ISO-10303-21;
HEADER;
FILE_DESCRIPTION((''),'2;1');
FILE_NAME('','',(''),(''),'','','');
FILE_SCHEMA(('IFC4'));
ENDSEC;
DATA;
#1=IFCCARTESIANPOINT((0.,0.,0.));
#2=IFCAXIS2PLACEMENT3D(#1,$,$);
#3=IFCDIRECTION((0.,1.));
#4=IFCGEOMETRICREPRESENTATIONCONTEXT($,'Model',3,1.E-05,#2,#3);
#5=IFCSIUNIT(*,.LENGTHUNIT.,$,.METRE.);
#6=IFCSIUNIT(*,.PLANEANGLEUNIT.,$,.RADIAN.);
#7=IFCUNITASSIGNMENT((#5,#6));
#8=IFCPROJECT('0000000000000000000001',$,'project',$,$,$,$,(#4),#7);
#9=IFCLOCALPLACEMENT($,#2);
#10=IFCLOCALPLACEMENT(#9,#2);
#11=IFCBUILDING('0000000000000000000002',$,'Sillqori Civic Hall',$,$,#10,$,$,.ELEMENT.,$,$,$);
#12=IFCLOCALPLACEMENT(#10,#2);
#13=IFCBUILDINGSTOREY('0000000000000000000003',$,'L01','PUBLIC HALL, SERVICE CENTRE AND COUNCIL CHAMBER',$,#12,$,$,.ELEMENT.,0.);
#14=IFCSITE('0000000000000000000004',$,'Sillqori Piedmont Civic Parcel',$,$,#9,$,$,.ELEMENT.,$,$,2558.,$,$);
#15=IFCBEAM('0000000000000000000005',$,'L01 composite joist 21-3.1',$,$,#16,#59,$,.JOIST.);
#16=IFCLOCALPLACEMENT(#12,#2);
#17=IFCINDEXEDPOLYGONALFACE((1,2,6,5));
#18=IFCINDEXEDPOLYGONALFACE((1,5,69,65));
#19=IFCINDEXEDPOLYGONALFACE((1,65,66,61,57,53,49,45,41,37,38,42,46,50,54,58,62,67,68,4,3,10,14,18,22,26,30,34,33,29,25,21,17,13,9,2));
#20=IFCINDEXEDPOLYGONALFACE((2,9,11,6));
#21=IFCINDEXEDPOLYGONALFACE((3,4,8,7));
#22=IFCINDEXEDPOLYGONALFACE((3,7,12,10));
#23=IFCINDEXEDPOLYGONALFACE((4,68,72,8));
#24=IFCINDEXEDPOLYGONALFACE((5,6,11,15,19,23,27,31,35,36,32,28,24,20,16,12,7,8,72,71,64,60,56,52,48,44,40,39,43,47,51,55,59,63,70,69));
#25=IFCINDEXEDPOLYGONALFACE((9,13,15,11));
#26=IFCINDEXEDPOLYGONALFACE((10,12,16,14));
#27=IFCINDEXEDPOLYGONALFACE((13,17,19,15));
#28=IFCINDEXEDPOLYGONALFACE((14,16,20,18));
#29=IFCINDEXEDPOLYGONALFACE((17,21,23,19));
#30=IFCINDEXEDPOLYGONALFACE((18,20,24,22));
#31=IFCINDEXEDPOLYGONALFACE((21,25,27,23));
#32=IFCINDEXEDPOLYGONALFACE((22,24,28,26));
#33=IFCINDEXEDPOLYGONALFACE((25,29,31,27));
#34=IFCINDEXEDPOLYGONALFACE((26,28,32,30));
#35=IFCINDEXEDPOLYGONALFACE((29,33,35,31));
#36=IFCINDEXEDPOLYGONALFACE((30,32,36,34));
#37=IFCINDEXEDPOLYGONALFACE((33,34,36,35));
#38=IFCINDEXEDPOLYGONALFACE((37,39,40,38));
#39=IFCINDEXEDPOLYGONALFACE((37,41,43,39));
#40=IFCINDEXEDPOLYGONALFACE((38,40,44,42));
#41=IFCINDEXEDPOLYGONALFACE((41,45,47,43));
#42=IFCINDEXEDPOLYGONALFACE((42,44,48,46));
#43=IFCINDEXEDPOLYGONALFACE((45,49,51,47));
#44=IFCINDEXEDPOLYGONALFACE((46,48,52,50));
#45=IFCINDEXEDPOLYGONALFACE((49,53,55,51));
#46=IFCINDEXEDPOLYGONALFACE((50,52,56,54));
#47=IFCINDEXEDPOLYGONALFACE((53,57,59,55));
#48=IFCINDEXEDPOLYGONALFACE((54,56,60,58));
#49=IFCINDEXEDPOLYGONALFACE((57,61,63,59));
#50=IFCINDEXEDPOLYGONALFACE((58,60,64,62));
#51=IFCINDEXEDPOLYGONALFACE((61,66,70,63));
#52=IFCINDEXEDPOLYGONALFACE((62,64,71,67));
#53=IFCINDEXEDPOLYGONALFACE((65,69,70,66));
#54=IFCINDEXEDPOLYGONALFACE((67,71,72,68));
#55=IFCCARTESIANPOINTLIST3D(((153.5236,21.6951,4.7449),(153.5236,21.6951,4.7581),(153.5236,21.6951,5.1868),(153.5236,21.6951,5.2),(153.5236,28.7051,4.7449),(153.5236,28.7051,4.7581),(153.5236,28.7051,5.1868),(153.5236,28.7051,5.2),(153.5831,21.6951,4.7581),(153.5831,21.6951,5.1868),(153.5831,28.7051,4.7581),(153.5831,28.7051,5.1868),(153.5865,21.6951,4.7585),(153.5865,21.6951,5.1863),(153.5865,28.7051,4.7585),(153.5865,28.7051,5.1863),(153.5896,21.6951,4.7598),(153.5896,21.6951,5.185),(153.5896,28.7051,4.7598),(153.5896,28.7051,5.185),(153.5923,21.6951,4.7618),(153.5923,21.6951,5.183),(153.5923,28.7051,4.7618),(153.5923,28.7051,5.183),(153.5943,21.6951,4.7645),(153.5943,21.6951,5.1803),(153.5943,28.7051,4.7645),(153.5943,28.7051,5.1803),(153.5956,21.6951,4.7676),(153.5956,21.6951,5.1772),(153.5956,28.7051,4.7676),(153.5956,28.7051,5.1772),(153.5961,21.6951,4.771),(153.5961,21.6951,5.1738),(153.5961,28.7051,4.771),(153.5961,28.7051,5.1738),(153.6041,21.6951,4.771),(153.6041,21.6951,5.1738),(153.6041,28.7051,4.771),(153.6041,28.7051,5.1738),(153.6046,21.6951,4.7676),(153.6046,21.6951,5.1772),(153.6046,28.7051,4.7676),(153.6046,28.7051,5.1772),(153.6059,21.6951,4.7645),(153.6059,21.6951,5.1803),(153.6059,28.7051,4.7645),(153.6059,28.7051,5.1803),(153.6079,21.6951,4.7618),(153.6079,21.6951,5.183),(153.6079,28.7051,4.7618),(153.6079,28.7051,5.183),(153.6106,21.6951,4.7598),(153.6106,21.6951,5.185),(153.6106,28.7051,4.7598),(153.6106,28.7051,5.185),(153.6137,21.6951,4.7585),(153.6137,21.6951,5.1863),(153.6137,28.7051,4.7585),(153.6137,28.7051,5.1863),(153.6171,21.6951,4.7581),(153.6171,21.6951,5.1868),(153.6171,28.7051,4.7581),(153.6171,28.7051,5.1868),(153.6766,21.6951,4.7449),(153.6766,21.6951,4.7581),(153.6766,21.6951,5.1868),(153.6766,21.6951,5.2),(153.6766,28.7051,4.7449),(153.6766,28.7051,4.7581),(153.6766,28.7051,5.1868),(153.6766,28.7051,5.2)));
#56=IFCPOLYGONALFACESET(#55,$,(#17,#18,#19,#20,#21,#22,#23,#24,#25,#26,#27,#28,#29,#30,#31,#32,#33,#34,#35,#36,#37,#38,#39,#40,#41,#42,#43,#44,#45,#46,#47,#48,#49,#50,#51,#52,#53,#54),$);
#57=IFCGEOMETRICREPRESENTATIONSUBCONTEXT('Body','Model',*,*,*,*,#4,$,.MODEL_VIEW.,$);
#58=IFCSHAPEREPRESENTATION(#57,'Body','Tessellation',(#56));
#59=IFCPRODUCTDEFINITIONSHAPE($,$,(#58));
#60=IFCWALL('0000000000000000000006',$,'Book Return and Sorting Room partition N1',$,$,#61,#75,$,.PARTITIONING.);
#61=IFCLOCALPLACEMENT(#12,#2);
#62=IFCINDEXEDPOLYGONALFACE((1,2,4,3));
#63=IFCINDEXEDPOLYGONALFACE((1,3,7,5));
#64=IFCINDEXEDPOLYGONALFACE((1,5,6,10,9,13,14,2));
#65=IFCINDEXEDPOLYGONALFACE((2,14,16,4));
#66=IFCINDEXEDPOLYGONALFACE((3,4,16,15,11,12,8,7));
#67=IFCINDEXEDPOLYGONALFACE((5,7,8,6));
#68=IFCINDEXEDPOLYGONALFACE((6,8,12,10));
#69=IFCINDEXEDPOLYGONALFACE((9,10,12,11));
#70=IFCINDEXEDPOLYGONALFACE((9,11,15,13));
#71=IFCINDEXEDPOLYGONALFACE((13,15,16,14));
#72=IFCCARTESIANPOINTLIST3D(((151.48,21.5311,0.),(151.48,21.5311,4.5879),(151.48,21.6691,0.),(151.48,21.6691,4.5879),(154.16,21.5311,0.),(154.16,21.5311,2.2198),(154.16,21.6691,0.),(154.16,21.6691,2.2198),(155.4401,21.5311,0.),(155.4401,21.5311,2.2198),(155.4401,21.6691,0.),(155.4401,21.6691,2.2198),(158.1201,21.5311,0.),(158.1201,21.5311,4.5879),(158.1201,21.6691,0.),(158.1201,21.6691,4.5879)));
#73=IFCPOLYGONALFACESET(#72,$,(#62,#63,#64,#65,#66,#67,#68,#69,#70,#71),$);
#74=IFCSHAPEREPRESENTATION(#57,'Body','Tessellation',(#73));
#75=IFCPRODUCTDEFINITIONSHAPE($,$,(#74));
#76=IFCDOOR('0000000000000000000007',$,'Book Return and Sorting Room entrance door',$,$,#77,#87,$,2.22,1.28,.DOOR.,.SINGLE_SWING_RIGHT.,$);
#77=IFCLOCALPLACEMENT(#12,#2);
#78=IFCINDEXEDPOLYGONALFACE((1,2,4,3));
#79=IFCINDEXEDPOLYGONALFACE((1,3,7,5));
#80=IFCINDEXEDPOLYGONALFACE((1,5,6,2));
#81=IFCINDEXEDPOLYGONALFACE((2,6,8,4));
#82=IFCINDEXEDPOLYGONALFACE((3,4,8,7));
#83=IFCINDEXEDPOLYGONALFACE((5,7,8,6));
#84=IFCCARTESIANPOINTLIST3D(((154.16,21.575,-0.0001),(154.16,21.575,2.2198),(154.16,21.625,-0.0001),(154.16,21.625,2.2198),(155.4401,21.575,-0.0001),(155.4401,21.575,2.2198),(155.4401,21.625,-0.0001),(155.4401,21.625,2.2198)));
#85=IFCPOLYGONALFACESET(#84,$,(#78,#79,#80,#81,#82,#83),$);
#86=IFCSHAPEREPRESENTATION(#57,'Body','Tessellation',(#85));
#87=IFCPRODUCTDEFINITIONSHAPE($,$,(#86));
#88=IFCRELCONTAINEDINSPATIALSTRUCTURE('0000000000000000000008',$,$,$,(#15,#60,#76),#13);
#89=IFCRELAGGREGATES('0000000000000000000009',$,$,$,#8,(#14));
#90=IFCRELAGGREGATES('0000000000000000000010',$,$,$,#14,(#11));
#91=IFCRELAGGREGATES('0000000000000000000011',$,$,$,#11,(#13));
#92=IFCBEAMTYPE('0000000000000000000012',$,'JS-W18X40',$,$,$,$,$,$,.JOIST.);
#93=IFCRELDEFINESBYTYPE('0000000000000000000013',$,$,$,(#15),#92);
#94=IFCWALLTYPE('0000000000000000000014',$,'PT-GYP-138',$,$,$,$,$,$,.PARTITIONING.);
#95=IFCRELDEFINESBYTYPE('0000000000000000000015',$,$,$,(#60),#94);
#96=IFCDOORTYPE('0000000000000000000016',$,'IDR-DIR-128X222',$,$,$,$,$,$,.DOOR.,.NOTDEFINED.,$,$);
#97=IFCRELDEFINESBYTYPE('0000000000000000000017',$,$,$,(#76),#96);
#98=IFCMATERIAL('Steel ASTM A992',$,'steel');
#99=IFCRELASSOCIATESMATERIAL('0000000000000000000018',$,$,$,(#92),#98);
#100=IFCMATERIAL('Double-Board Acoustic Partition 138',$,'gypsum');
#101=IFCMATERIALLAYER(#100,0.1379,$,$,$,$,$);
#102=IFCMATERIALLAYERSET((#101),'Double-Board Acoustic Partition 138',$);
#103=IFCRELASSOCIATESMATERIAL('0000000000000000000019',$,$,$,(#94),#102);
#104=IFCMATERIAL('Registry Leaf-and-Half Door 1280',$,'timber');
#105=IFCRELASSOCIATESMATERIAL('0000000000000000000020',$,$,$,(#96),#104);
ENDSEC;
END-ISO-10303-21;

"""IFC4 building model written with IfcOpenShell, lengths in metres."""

from ifc_helpers import new_model, si_unit, direction, frame, frame_2d, origin, origin_2d, place, context, subcontext, project, spatial, rectangle, i_section, extrude, material, layer, layer_set, material_profile, profile_set, type_object, element, fill, save


model = new_model("IFC4")

# Units and contexts
model_context = context("Model", 3, precision=1e-05, world=origin(), true_north=direction((0.0, 1.0)))
body_context = subcontext(model_context, "Body", "Model", "MODEL_VIEW")
ifc_project = project(units=[si_unit("LENGTHUNIT", "METRE"), si_unit("PLANEANGLEUNIT", "RADIAN")], contexts=[model_context])

# Site, building, storey
site_placement = place(None, origin())
site = spatial("IfcSite", under=ifc_project, at=site_placement, Name="Sillqori Piedmont Civic Parcel", CompositionType="ELEMENT", RefElevation=2558.0)
building_placement = place(site_placement, origin())
building = spatial("IfcBuilding", under=site, at=building_placement, Name="Sillqori Civic Hall", CompositionType="ELEMENT")
storey_placement = place(building_placement, origin())
storey = spatial("IfcBuildingStorey", under=building, at=storey_placement, Name="L01", Description="PUBLIC HALL, SERVICE CENTRE AND COUNCIL CHAMBER", CompositionType="ELEMENT", Elevation=0.0)

# Shared definitions
ifc_material_1 = material(Name="Steel ASTM A992", Category="steel")

# Beam
ifc_material_profile_1 = material_profile(ifc_material_1, i_section(OverallWidth=0.1531, OverallDepth=0.4551, WebThickness=0.0081, FlangeThickness=0.0132, FilletRadius=0.0129, at=origin_2d()), Name="W18X40")
ifc_profile_set_1 = profile_set([ifc_material_profile_1], Name="Steel ASTM A992")
beam_type_1 = type_object("IfcBeamType", Name="JS-W18X40", PredefinedType="JOIST", material=ifc_profile_set_1)
for number, where, z_axis, x_axis, name in (
    (1, (153.6001, 21.6951, 4.9724), (0.0, 1.0, 0.0), (-1.0, 0.0, 0.0), "L01 composite joist 21-3.1"),
):
    element("IfcBeam", number, at=place(storey_placement, frame(where, z_axis=z_axis, x_axis=x_axis)), inside=storey, type_object=beam_type_1, Name=name, PredefinedType="JOIST", context=body_context, shape_type="SweptSolid", body=[
        extrude(i_section(OverallWidth=0.1531, OverallDepth=0.4551, WebThickness=0.0081, FlangeThickness=0.0132, FilletRadius=0.0129, at=origin_2d()), origin(), (0.0, 0.0, 1.0), 7.01),
    ])

# Wall, opening, door
ifc_material_2 = material(Name="Double-Board Acoustic Partition 138", Category="gypsum")
ifc_layer_1 = layer(ifc_material_2, 0.1379)
ifc_layer_set_1 = layer_set([ifc_layer_1], Name="Double-Board Acoustic Partition 138")
wall_type = type_object("IfcWallType", Name="PT-GYP-138", PredefinedType="PARTITIONING", material=ifc_layer_set_1)
wall_placement = place(storey_placement, frame((151.48, 21.6001, 0.0), z_axis=(0.0, 0.0, 1.0), x_axis=(1.0, 0.0, 0.0)))
wall = element("IfcWall", 2, at=wall_placement, inside=storey, type_object=wall_type, Name="Book Return and Sorting Room partition N1", PredefinedType="PARTITIONING", context=body_context, shape_type="SweptSolid", body=[
    extrude(rectangle(XDim=6.6401, YDim=0.1379, at=frame_2d((3.3201, 0.0))), origin(), (0.0, 0.0, 1.0), 4.5879),
])
opening_placement = place(wall_placement, frame((2.6799, 0.0, 0.0)))
opening = element("IfcOpeningElement", 3, at=opening_placement, cuts=wall, PredefinedType="OPENING", context=body_context, shape_type="SweptSolid", body=[
    extrude(rectangle(XDim=1.28, YDim=2.22, at=frame_2d((0.6401, 1.1099))), frame((0.0, 0.0789, 0.0), z_axis=(0.0, -1.0, 0.0), x_axis=(1.0, 0.0, 0.0)), (0.0, 0.0, 1.0), 0.158),
])
ifc_material_3 = material(Name="Registry Leaf-and-Half Door 1280", Category="timber")
door_type = type_object("IfcDoorType", Name="IDR-DIR-128X222", OperationType="NOTDEFINED", PredefinedType="DOOR", material=ifc_material_3)
door_placement = place(opening_placement, origin())
door = element("IfcDoor", 4, at=door_placement, inside=storey, type_object=door_type, Name="Book Return and Sorting Room entrance door", OperationType="SINGLE_SWING_RIGHT", OverallHeight=2.22, OverallWidth=1.28, PredefinedType="DOOR", context=body_context, shape_type="SweptSolid", body=[
    extrude(rectangle(XDim=1.28, YDim=2.22, at=frame_2d((0.6401, 1.1099))), frame((0.0, 0.0249, 0.0), z_axis=(0.0, -1.0, 0.0), x_axis=(1.0, 0.0, 0.0)), (0.0, 0.0, 1.0), 0.05),
])
fill(opening, door)

save(model, "model.ifc")
